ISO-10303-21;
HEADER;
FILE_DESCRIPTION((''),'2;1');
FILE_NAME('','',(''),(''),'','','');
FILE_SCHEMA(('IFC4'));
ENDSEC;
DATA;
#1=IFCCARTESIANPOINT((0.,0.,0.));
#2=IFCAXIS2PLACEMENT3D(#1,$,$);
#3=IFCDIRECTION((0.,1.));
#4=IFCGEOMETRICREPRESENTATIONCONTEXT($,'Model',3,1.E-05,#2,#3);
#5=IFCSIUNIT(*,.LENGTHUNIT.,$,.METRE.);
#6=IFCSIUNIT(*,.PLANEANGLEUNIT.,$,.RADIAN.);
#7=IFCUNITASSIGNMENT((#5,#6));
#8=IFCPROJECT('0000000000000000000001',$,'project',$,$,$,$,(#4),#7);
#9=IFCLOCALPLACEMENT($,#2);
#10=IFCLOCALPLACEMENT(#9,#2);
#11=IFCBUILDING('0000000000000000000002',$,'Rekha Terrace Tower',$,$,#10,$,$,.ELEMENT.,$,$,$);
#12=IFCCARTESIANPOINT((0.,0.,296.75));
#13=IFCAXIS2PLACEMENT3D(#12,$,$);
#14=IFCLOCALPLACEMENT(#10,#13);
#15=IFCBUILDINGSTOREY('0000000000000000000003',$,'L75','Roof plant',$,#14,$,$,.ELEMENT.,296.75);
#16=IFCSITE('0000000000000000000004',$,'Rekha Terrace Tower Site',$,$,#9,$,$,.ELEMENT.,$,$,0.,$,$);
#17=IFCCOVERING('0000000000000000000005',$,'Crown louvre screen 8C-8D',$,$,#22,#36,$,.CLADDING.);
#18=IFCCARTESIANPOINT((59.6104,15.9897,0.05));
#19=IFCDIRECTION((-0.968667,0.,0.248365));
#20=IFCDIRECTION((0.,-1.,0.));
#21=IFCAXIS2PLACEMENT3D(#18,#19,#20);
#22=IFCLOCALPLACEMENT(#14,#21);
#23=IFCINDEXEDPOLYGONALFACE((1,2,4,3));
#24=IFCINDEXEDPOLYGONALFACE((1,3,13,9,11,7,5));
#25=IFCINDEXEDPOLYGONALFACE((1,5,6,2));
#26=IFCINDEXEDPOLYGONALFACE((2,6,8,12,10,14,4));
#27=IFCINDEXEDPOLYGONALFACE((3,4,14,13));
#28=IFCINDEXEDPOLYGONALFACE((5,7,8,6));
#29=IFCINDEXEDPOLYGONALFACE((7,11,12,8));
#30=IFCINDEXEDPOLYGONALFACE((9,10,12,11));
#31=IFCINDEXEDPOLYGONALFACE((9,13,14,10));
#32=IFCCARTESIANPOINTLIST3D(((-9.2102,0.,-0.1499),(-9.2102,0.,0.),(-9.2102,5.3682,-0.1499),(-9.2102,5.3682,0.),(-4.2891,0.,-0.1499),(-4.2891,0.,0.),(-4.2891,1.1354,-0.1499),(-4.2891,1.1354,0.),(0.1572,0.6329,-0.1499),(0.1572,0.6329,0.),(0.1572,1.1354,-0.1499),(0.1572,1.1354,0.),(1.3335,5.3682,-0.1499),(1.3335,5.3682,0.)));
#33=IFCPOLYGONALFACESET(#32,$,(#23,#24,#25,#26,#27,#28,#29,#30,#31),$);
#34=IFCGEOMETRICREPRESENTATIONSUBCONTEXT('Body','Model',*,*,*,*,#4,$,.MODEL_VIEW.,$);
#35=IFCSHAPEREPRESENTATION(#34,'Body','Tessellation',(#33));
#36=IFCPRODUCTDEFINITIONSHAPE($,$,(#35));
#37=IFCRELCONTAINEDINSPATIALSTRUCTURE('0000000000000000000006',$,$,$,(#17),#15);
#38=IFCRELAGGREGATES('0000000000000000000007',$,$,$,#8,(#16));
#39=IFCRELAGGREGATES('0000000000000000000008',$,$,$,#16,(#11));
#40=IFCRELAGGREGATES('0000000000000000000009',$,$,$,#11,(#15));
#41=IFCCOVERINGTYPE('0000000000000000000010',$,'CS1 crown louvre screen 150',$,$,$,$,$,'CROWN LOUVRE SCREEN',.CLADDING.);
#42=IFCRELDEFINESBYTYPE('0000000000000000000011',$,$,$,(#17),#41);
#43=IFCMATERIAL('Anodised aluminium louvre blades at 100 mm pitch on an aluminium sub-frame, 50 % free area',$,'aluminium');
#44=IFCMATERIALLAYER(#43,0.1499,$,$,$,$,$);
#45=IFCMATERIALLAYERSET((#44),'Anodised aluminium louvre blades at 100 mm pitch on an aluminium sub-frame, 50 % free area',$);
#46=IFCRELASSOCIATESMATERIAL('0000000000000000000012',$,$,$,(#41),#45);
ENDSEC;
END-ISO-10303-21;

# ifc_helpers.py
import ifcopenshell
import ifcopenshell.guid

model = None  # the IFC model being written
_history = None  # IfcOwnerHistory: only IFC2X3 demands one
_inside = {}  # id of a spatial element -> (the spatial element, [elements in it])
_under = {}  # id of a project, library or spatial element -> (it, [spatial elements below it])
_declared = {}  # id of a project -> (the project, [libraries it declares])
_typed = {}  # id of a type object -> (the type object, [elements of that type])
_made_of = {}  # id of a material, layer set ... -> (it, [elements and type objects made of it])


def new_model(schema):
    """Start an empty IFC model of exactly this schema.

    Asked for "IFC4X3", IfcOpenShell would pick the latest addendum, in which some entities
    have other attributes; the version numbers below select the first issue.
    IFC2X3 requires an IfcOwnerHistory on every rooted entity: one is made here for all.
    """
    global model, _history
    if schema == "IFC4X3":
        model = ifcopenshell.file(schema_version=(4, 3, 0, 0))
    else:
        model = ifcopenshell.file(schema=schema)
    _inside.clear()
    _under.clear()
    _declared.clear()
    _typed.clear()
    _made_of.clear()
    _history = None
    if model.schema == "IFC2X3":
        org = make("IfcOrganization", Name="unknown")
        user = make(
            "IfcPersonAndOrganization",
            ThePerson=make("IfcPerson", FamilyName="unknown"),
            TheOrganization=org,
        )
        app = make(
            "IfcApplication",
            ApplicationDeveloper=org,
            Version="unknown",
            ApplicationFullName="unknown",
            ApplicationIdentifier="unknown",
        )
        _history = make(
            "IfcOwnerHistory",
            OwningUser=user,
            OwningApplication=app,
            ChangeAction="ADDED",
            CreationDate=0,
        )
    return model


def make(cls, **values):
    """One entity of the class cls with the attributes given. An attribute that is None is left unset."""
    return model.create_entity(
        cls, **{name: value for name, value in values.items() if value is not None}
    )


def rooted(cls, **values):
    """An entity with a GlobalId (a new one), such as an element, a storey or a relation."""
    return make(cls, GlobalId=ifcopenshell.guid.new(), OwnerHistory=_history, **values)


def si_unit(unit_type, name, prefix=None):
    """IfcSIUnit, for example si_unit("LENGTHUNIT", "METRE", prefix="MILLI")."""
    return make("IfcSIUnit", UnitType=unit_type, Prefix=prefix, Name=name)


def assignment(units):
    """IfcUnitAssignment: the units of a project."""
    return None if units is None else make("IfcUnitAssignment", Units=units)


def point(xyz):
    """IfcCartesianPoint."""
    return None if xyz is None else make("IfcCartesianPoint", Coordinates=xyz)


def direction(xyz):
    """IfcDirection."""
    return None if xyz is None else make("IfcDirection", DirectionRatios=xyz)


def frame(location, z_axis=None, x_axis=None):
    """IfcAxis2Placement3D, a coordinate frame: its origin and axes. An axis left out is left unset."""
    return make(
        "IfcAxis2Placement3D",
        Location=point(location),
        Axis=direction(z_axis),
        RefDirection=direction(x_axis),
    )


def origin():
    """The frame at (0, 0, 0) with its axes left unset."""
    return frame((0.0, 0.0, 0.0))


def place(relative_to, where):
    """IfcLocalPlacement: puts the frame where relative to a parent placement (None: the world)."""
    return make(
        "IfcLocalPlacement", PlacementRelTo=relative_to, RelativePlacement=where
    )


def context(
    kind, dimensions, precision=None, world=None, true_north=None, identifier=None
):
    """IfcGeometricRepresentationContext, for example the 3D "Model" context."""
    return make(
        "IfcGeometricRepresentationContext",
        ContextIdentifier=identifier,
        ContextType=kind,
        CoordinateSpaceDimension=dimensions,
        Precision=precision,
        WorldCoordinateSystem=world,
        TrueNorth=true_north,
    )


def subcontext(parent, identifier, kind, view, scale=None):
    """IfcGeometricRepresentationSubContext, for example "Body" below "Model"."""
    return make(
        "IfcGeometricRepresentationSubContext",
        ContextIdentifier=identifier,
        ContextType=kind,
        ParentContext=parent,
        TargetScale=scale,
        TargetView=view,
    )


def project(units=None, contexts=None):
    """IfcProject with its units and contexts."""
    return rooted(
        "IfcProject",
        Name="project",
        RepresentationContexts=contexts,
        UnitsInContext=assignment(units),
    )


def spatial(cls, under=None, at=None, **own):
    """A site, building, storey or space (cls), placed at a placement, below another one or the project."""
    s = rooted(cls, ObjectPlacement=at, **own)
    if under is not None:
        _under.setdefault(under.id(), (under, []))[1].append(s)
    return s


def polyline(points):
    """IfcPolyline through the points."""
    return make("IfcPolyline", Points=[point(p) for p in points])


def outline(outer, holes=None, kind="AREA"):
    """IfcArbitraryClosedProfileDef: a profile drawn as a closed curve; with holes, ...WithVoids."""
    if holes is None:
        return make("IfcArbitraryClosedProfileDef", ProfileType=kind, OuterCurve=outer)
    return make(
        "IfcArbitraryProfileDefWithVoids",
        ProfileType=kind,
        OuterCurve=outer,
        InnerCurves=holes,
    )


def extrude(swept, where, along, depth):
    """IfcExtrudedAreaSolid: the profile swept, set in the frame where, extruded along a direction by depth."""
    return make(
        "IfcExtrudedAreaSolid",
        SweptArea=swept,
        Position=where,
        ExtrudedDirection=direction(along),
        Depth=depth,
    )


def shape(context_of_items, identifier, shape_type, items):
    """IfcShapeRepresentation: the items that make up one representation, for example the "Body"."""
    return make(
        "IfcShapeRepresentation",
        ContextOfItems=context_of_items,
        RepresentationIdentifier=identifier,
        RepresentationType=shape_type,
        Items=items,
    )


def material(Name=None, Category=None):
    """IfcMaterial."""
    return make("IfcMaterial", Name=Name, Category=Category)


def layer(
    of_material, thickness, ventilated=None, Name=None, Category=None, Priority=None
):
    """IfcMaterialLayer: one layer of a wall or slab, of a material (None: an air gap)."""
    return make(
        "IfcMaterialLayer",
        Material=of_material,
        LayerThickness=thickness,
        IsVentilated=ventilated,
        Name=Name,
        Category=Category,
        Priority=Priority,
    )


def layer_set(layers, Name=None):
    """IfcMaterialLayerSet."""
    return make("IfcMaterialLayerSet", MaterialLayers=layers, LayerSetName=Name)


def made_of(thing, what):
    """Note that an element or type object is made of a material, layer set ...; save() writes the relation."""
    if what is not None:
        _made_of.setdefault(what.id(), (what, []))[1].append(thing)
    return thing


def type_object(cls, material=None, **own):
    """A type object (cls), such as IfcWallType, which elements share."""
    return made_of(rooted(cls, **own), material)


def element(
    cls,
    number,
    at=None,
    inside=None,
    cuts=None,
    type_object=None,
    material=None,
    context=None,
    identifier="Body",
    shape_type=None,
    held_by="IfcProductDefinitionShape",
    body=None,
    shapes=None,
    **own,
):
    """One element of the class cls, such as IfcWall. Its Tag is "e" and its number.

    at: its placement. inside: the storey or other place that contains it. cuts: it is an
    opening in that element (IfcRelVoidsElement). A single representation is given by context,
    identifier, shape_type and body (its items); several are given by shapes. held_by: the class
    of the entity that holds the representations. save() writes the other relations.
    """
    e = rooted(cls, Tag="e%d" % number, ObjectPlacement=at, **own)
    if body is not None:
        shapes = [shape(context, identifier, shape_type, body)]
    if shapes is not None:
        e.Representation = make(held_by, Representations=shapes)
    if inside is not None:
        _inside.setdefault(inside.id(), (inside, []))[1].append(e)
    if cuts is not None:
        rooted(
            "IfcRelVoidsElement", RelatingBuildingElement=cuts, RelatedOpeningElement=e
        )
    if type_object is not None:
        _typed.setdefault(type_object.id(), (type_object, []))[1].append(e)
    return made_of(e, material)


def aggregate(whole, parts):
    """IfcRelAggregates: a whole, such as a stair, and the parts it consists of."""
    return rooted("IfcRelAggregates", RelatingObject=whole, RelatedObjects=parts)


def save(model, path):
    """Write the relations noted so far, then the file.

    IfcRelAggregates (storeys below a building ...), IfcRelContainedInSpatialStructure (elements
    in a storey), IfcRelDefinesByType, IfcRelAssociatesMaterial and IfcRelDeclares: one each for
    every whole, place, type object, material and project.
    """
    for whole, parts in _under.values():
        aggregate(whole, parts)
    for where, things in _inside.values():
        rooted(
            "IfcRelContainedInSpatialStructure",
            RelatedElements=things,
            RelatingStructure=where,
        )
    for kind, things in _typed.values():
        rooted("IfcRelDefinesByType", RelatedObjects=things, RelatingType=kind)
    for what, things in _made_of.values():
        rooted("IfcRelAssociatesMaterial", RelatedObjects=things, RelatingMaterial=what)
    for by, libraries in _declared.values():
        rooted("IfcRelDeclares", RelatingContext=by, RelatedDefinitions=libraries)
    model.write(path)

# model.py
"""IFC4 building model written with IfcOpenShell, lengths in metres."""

from ifc_helpers import new_model, si_unit, direction, frame, origin, place, context, subcontext, project, spatial, polyline, outline, extrude, material, layer, layer_set, type_object, element, save


model = new_model("IFC4")

# Units and contexts
model_context = context("Model", 3, precision=1e-05, world=origin(), true_north=direction((0.0, 1.0)))
body_context = subcontext(model_context, "Body", "Model", "MODEL_VIEW")
ifc_project = project(units=[si_unit("LENGTHUNIT", "METRE"), si_unit("PLANEANGLEUNIT", "RADIAN")], contexts=[model_context])

# Site, building, storey
site_placement = place(None, origin())
site = spatial("IfcSite", under=ifc_project, at=site_placement, Name="Rekha Terrace Tower Site", CompositionType="ELEMENT", RefElevation=0.0)
building_placement = place(site_placement, origin())
building = spatial("IfcBuilding", under=site, at=building_placement, Name="Rekha Terrace Tower", CompositionType="ELEMENT")
storey_placement = place(building_placement, frame((0.0, 0.0, 296.75)))
storey = spatial("IfcBuildingStorey", under=building, at=storey_placement, Name="L75", Description="Roof plant", CompositionType="ELEMENT", Elevation=296.75)

# Covering
ifc_material_1 = material(Name="Anodised aluminium louvre blades at 100 mm pitch on an aluminium sub-frame, 50 % free area", Category="aluminium")
ifc_layer_1 = layer(ifc_material_1, 0.1499)
ifc_layer_set_1 = layer_set([ifc_layer_1], Name="Anodised aluminium louvre blades at 100 mm pitch on an aluminium sub-frame, 50 % free area")
covering_type_1 = type_object("IfcCoveringType", Name="CS1 crown louvre screen 150", ElementType="CROWN LOUVRE SCREEN", PredefinedType="CLADDING", material=ifc_layer_set_1)
covering_1_placement = place(storey_placement, frame((59.6104, 15.9897, 0.05), z_axis=(-0.968667, 0.0, 0.248365), x_axis=(0.0, -1.0, 0.0)))
element("IfcCovering", 1, at=covering_1_placement, inside=storey, type_object=covering_type_1, Name="Crown louvre screen 8C-8D", PredefinedType="CLADDING", context=body_context, shape_type="SweptSolid", body=[
    extrude(outline(polyline([(0.0, 0.0), (0.1572, 0.0), (0.1572, 1.1354), (-4.2891, 1.1354), (-4.2891, 0.0), (-9.2102, 0.0), (-9.2102, 5.3682), (1.3335, 5.3682), (0.0, 0.0)])), origin(), (0.0, 0.0, -1.0), 0.1499),
])

save(model, "model.ifc")
